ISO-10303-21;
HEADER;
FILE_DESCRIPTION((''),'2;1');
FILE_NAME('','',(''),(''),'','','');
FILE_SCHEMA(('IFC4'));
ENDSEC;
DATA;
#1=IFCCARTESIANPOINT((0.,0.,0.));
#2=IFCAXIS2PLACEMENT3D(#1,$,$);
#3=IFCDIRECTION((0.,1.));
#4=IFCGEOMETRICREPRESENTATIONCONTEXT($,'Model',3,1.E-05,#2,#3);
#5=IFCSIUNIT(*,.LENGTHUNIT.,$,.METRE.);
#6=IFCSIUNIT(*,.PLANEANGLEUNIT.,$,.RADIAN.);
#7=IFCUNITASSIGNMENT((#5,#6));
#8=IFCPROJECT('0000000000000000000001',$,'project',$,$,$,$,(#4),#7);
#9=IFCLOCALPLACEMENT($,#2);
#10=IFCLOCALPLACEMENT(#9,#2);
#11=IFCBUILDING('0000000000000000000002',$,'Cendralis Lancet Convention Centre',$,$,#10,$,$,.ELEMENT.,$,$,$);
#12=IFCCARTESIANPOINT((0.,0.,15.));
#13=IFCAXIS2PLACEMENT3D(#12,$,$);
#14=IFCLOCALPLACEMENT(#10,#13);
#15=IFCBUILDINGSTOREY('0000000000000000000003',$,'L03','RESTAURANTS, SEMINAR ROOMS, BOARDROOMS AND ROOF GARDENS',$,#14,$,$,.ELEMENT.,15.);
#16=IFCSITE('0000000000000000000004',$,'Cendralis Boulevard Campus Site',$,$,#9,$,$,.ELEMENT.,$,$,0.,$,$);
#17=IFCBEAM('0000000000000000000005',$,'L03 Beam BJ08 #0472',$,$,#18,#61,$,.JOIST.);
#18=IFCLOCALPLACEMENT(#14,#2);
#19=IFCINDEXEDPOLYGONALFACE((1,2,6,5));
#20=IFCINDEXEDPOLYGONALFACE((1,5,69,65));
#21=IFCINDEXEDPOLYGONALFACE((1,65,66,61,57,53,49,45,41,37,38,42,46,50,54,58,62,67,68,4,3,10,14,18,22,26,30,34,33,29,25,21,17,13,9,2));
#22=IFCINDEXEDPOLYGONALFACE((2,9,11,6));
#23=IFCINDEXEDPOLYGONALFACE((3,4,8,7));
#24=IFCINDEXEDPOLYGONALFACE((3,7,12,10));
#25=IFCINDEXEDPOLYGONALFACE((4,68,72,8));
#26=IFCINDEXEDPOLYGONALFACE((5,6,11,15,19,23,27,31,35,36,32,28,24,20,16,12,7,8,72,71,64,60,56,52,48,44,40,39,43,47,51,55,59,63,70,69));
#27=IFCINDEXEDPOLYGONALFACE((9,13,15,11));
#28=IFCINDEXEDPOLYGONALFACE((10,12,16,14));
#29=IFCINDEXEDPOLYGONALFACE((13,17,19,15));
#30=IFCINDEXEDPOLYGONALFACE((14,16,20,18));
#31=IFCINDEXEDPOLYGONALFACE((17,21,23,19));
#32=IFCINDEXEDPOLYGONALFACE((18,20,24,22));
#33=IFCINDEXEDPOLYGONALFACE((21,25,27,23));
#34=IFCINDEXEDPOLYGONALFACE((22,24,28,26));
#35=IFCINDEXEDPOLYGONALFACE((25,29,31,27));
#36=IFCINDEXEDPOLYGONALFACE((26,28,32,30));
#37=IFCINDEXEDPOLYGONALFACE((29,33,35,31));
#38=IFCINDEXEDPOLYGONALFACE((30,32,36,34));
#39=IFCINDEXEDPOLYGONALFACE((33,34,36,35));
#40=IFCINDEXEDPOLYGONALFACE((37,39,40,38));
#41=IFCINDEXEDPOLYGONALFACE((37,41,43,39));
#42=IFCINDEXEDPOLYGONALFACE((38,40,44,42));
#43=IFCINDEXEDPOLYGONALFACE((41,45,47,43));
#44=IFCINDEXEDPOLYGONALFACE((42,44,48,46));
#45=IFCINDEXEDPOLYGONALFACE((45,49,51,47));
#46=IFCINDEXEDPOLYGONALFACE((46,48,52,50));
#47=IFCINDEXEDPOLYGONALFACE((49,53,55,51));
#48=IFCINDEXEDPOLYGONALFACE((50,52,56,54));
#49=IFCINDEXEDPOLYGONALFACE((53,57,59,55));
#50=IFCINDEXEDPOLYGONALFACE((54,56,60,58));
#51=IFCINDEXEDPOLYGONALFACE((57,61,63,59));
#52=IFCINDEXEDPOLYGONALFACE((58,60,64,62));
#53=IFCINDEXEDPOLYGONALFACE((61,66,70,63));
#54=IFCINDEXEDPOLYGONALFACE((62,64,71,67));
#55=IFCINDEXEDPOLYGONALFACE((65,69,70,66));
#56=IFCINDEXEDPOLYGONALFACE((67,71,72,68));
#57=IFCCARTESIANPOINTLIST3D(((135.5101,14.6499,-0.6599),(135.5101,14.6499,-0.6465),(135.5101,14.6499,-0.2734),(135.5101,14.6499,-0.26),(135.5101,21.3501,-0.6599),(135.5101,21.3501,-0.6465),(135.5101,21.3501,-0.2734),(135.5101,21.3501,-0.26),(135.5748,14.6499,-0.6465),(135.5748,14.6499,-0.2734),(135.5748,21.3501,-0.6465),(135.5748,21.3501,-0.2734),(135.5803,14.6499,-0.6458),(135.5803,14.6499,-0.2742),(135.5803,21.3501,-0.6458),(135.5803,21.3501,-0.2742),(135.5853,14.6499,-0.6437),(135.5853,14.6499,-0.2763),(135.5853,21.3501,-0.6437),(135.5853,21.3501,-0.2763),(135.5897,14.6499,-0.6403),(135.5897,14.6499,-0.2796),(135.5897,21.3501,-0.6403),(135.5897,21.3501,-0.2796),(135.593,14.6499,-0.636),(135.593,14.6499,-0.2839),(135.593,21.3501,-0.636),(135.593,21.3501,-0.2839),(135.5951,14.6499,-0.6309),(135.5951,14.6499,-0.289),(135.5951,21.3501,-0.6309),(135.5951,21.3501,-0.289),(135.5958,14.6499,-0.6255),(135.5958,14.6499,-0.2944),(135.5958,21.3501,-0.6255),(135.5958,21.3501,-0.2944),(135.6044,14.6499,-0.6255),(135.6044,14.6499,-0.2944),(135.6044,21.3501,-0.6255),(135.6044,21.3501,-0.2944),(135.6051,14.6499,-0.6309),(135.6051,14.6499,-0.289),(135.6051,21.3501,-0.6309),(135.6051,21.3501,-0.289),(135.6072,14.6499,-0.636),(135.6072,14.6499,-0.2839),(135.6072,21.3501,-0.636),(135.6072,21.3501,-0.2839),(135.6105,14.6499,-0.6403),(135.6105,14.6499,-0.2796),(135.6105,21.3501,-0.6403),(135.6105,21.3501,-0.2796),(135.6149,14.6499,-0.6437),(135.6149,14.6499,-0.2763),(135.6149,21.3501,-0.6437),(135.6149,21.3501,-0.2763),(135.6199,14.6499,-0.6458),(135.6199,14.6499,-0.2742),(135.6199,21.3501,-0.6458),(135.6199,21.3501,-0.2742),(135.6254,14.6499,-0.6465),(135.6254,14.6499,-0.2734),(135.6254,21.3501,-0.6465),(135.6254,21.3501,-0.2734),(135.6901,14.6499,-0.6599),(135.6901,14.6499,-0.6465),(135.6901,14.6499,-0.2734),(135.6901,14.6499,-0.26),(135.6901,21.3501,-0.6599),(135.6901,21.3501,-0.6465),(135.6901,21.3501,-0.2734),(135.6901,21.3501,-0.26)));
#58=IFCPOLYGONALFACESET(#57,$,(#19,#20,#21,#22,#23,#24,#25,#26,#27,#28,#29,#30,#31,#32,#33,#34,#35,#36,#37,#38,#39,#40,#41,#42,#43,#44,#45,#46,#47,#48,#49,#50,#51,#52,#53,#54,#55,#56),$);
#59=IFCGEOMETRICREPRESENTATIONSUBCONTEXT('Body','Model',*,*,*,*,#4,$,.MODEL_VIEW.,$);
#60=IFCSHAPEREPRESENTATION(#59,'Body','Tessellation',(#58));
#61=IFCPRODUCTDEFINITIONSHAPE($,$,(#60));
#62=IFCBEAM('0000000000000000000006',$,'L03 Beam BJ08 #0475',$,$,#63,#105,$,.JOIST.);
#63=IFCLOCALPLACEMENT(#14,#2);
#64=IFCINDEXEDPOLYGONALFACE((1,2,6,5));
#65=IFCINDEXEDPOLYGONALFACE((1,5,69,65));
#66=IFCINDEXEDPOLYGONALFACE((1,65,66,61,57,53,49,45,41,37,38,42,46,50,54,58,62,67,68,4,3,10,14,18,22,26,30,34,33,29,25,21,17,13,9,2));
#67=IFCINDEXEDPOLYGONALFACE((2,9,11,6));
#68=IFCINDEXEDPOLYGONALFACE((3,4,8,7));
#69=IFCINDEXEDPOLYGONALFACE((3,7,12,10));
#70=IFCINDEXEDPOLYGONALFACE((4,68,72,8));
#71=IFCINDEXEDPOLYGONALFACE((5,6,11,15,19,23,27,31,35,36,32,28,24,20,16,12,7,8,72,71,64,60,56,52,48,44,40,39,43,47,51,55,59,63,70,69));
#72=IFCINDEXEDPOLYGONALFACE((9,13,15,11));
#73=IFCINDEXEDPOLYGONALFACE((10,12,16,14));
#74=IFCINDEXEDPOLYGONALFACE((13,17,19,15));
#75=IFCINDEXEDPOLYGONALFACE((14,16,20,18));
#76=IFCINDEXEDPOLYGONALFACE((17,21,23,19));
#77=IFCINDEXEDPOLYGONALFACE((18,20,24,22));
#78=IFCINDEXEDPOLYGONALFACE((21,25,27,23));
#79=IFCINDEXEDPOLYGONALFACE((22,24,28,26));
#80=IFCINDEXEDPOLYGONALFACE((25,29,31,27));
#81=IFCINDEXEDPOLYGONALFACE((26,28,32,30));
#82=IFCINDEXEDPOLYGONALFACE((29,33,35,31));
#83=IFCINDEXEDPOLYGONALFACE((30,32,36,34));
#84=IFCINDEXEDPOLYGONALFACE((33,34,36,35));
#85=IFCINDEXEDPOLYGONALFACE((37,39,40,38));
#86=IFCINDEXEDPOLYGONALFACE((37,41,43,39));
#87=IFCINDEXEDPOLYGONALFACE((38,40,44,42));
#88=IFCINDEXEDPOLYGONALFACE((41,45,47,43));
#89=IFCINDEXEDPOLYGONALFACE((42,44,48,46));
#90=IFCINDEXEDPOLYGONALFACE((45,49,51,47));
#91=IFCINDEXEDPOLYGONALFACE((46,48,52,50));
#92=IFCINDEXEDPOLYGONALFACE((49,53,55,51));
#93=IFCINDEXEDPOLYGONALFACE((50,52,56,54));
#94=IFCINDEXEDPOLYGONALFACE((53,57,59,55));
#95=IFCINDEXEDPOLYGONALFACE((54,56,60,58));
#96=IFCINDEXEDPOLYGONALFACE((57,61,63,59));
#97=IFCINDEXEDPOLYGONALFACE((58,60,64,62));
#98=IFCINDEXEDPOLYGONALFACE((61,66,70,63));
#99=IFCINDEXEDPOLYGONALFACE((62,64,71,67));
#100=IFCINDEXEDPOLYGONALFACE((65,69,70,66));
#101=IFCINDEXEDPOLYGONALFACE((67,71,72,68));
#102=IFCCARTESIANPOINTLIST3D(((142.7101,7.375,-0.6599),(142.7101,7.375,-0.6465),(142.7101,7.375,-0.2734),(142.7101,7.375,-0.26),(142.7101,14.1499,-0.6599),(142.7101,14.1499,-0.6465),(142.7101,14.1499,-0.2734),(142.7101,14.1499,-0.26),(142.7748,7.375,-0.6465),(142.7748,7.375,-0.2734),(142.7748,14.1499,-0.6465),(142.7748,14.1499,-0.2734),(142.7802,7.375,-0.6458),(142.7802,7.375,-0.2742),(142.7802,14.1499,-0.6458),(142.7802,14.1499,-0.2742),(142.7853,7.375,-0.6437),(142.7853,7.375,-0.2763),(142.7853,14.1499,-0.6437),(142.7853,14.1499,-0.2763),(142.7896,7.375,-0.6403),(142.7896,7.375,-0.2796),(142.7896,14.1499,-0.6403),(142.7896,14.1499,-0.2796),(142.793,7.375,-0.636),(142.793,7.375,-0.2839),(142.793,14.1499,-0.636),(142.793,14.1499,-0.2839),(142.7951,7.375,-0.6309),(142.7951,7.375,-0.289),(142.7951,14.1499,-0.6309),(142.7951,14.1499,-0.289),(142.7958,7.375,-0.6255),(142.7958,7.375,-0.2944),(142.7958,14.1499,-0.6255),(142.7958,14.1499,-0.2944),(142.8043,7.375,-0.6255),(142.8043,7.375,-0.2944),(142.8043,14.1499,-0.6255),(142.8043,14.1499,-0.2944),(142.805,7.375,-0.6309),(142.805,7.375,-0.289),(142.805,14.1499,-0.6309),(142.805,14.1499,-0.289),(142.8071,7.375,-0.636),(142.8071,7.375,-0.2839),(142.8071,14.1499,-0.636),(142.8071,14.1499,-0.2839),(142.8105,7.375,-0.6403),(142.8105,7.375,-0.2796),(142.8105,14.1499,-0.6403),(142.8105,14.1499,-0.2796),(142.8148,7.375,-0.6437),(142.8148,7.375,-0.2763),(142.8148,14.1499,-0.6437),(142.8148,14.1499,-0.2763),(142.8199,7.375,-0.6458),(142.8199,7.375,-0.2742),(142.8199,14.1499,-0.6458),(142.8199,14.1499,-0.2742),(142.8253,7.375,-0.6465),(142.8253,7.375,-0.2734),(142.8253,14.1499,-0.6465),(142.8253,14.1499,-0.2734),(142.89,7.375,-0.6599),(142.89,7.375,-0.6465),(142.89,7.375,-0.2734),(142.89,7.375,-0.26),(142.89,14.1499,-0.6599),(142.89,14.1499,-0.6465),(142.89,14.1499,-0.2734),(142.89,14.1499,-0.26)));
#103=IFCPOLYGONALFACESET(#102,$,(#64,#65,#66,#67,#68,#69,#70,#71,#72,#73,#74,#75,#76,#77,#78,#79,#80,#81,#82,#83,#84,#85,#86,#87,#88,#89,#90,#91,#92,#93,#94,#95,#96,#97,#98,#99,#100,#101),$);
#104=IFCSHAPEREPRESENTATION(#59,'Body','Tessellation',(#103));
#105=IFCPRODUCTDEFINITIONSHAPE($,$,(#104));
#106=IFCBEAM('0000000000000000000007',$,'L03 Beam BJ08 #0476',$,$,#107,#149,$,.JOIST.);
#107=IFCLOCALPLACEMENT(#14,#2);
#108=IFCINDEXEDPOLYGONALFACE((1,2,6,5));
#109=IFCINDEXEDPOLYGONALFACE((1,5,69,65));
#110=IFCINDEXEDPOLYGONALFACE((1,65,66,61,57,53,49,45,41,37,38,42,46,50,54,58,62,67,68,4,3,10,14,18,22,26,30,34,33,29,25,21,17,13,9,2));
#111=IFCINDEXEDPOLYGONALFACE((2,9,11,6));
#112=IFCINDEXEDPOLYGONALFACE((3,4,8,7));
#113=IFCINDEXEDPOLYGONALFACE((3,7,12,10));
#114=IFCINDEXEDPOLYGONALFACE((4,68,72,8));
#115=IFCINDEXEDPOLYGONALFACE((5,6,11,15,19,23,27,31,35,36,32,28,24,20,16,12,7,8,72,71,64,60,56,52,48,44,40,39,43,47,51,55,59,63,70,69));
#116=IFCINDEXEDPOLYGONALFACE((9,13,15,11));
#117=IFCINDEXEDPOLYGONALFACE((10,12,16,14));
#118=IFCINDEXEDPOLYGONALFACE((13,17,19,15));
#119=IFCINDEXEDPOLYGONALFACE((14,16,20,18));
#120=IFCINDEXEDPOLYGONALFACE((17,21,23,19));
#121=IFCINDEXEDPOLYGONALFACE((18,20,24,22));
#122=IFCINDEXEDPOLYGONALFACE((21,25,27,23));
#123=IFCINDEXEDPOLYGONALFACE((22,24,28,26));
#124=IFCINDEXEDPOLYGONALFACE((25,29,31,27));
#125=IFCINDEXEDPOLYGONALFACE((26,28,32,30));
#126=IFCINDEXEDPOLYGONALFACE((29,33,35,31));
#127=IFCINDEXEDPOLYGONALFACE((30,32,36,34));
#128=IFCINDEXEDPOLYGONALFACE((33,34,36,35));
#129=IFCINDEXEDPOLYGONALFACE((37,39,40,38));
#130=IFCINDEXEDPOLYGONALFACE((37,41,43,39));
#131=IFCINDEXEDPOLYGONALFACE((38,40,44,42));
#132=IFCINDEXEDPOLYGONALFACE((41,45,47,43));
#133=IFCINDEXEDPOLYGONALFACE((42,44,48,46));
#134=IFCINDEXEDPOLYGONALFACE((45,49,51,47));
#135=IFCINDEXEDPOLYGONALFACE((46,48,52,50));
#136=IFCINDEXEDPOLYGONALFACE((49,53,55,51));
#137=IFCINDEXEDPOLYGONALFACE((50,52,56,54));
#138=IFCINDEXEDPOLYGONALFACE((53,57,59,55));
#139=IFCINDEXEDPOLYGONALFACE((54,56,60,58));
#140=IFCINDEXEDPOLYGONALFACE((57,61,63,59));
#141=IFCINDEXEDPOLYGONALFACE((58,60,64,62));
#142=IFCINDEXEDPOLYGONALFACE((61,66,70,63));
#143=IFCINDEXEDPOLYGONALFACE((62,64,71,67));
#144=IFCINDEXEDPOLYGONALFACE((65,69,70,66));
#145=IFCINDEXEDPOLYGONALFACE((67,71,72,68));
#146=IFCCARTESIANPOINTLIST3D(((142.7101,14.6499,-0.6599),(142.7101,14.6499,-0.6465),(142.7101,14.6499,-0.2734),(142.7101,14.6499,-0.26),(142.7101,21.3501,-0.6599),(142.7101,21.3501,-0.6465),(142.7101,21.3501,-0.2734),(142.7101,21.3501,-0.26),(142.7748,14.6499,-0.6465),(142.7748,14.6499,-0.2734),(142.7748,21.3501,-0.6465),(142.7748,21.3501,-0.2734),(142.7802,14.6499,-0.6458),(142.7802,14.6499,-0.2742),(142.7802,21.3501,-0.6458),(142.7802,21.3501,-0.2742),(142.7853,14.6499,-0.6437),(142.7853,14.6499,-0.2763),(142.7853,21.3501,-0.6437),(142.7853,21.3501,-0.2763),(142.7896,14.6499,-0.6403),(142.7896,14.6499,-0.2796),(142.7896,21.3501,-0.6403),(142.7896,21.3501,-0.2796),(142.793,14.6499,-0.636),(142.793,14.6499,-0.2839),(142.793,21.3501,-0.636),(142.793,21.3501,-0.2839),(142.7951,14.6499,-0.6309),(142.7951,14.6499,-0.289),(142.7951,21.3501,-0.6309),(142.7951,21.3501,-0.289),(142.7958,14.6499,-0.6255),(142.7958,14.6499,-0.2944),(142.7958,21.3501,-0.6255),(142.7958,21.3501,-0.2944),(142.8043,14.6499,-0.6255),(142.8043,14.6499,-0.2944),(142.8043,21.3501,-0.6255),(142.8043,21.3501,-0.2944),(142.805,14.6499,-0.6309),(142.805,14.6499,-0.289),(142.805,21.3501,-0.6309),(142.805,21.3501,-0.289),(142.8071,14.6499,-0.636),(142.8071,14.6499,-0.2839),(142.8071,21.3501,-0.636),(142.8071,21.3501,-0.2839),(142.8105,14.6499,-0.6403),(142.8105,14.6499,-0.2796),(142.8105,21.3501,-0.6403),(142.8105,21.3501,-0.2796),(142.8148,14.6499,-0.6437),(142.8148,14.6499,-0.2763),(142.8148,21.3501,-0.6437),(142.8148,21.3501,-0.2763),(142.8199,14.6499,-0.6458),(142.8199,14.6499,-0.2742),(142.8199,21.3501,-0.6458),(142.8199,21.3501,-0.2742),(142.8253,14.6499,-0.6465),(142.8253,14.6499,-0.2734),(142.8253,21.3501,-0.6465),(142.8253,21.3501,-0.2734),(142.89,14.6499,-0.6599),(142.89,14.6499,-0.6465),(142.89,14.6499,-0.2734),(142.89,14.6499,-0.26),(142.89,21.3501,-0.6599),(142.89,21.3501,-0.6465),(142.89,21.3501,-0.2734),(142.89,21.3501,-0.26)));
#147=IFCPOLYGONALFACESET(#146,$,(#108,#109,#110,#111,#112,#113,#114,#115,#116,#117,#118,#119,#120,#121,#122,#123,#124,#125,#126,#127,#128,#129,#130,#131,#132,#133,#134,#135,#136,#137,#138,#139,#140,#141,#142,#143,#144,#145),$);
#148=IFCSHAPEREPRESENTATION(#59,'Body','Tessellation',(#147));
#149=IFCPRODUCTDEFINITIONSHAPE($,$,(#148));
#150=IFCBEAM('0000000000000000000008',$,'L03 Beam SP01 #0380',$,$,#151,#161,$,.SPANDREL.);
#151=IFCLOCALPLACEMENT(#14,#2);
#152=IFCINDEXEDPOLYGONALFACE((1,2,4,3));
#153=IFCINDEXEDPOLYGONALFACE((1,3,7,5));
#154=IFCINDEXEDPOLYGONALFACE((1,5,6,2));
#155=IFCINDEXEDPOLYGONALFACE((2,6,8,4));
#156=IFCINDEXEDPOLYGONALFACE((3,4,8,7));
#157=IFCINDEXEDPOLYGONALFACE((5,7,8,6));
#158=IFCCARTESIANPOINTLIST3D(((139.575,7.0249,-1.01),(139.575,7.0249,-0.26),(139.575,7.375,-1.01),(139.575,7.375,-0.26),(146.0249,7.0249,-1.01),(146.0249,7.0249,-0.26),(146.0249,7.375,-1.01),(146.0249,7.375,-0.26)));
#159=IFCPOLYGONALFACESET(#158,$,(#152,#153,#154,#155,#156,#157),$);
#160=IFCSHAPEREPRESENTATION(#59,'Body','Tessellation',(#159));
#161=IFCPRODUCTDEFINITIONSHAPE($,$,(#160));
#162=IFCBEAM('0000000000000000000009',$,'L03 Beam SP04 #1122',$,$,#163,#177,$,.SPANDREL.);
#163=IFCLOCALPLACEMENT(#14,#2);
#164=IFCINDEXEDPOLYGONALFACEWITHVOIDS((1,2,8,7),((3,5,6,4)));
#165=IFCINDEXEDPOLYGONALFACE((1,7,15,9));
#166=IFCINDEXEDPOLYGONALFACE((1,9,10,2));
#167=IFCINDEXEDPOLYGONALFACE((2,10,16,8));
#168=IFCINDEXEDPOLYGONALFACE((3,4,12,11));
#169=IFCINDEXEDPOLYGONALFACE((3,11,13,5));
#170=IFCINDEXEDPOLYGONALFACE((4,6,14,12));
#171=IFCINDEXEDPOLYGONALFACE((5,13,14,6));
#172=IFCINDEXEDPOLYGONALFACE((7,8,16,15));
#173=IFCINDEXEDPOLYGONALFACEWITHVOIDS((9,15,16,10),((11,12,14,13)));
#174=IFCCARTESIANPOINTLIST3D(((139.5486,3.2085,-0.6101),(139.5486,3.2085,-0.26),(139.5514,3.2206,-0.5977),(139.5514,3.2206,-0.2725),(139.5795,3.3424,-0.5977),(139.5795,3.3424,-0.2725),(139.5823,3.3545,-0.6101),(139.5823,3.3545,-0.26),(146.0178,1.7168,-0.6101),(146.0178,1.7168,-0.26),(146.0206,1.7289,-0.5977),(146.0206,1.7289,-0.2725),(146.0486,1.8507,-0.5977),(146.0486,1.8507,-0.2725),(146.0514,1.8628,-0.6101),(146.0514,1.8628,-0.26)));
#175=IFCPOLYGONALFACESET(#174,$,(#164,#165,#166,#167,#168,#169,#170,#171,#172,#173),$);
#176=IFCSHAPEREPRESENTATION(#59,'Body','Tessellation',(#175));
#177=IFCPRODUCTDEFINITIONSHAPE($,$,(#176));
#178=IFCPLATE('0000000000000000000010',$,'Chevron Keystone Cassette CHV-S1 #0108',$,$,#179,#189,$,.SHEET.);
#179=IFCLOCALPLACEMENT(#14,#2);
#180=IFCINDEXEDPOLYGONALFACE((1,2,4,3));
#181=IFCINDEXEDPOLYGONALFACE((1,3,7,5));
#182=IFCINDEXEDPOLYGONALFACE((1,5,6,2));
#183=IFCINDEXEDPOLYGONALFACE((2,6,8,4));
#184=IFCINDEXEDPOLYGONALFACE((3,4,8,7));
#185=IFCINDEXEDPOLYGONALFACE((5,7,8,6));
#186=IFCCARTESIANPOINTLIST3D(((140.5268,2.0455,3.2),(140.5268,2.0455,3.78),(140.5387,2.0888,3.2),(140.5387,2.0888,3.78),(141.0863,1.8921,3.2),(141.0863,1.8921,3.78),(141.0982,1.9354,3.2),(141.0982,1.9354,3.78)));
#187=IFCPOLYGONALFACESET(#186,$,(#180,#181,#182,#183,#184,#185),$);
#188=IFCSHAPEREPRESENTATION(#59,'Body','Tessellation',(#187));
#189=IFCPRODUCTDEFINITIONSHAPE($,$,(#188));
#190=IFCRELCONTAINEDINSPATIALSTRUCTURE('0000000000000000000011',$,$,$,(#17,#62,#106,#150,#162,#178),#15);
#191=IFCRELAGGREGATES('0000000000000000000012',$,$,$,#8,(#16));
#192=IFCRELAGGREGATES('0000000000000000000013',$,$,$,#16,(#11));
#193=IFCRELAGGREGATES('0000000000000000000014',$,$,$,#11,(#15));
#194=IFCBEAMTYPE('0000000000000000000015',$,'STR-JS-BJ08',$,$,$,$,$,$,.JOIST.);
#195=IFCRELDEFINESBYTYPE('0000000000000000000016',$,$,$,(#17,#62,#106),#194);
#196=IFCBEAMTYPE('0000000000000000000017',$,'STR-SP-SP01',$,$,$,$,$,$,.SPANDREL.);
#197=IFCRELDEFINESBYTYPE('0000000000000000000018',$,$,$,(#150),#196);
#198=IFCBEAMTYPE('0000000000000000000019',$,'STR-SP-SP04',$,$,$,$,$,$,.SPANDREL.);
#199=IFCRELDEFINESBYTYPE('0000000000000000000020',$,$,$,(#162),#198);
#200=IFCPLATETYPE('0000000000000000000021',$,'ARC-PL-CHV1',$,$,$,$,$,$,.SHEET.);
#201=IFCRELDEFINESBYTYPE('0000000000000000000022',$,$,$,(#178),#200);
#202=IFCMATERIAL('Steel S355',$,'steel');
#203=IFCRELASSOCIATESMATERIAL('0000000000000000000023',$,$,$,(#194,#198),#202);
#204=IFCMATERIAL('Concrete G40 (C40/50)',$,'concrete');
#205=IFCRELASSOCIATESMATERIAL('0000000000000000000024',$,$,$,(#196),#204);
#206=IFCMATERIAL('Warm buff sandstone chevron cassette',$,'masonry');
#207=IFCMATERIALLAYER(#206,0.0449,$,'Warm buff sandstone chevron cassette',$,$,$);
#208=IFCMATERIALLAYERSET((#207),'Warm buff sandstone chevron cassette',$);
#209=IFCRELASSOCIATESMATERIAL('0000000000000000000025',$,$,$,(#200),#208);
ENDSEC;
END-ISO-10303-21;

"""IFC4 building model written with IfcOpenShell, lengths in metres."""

from ifc_helpers import new_model, si_unit, direction, frame, origin, origin_2d, place, context, subcontext, project, spatial, rectangle, hollow_rectangle, i_section, extrude, material, layer, layer_set, material_profile, profile_set, type_object, element, save


model = new_model("IFC4")

# Units and contexts
model_context = context("Model", 3, precision=1e-05, world=origin(), true_north=direction((0.0, 1.0)))
body_context = subcontext(model_context, "Body", "Model", "MODEL_VIEW")
ifc_project = project(units=[si_unit("LENGTHUNIT", "METRE"), si_unit("PLANEANGLEUNIT", "RADIAN")], contexts=[model_context])

# Site, building, storey
site_placement = place(None, origin())
site = spatial("IfcSite", under=ifc_project, at=site_placement, Name="Cendralis Boulevard Campus Site", CompositionType="ELEMENT", RefElevation=0.0)
building_placement = place(site_placement, origin())
building = spatial("IfcBuilding", under=site, at=building_placement, Name="Cendralis Lancet Convention Centre", CompositionType="ELEMENT")
storey_placement = place(building_placement, frame((0.0, 0.0, 15.0)))
storey = spatial("IfcBuildingStorey", under=building, at=storey_placement, Name="L03", Description="RESTAURANTS, SEMINAR ROOMS, BOARDROOMS AND ROOF GARDENS", CompositionType="ELEMENT", Elevation=15.0)

# Shared definitions
ifc_material_1 = material(Name="Concrete G40 (C40/50)", Category="concrete")

# Beams
ifc_material_2 = material(Name="Steel S355", Category="steel")
ifc_material_profile_1 = material_profile(ifc_material_2, i_section(OverallWidth=0.1799, OverallDepth=0.3999, WebThickness=0.0085, FlangeThickness=0.0134, FilletRadius=0.021, at=origin_2d()), Name="IPE 400")
ifc_profile_set_1 = profile_set([ifc_material_profile_1], Name="Steel S355")
beam_type_1 = type_object("IfcBeamType", Name="STR-JS-BJ08", PredefinedType="JOIST", material=ifc_profile_set_1)
beam_1_placement = place(storey_placement, frame((135.6001, 14.6499, -0.46), z_axis=(0.0, 1.0, 0.0), x_axis=(-1.0, 0.0, 0.0)))
element("IfcBeam", 1, at=beam_1_placement, inside=storey, type_object=beam_type_1, Name="L03 Beam BJ08 #0472", PredefinedType="JOIST", context=body_context, shape_type="SweptSolid", body=[
    extrude(i_section(OverallWidth=0.1799, OverallDepth=0.3999, WebThickness=0.0085, FlangeThickness=0.0134, FilletRadius=0.021, at=origin_2d()), origin(), (0.0, 0.0, 1.0), 6.7002),
])
beam_2_placement = place(storey_placement, frame((142.8, 7.375, -0.46), z_axis=(0.0, 1.0, 0.0), x_axis=(-1.0, 0.0, 0.0)))
element("IfcBeam", 2, at=beam_2_placement, inside=storey, type_object=beam_type_1, Name="L03 Beam BJ08 #0475", PredefinedType="JOIST", context=body_context, shape_type="SweptSolid", body=[
    extrude(i_section(OverallWidth=0.1799, OverallDepth=0.3999, WebThickness=0.0085, FlangeThickness=0.0134, FilletRadius=0.021, at=origin_2d()), origin(), (0.0, 0.0, 1.0), 6.7749),
])
beam_3_placement = place(storey_placement, frame((142.8, 14.6499, -0.46), z_axis=(0.0, 1.0, 0.0), x_axis=(-1.0, 0.0, 0.0)))
element("IfcBeam", 3, at=beam_3_placement, inside=storey, type_object=beam_type_1, Name="L03 Beam BJ08 #0476", PredefinedType="JOIST", context=body_context, shape_type="SweptSolid", body=[
    extrude(i_section(OverallWidth=0.1799, OverallDepth=0.3999, WebThickness=0.0085, FlangeThickness=0.0134, FilletRadius=0.021, at=origin_2d()), origin(), (0.0, 0.0, 1.0), 6.7002),
])
ifc_material_profile_2 = material_profile(ifc_material_1, rectangle(XDim=0.3501, YDim=0.75, at=origin_2d()), Name="RCB 350x750")
ifc_profile_set_2 = profile_set([ifc_material_profile_2], Name="Concrete G40 (C40/50)")
beam_type_2 = type_object("IfcBeamType", Name="STR-SP-SP01", PredefinedType="SPANDREL", material=ifc_profile_set_2)
beam_4_placement = place(storey_placement, frame((139.575, 7.2, -0.635), z_axis=(1.0, 0.0, 0.0), x_axis=(0.0, 1.0, 0.0)))
element("IfcBeam", 4, at=beam_4_placement, inside=storey, type_object=beam_type_2, Name="L03 Beam SP01 #0380", PredefinedType="SPANDREL", context=body_context, shape_type="SweptSolid", body=[
    extrude(rectangle(XDim=0.3501, YDim=0.75, at=origin_2d()), origin(), (0.0, 0.0, 1.0), 6.45),
])
ifc_material_profile_3 = material_profile(ifc_material_2, hollow_rectangle(XDim=0.1499, YDim=0.3501, WallThickness=0.0125, at=origin_2d()), Name="RHS 350x150x12.5")
ifc_profile_set_3 = profile_set([ifc_material_profile_3], Name="Steel S355")
beam_type_3 = type_object("IfcBeamType", Name="STR-SP-SP04", PredefinedType="SPANDREL", material=ifc_profile_set_3)
beam_5_placement = place(storey_placement, frame((139.5654, 3.2815, -0.4351), z_axis=(0.974431, -0.224688, 0.0), x_axis=(0.224688, 0.974431, 0.0)))
element("IfcBeam", 5, at=beam_5_placement, inside=storey, type_object=beam_type_3, Name="L03 Beam SP04 #1122", PredefinedType="SPANDREL", context=body_context, shape_type="SweptSolid", body=[
    extrude(hollow_rectangle(XDim=0.1499, YDim=0.3501, WallThickness=0.0125, at=origin_2d()), origin(), (0.0, 0.0, 1.0), 6.6389),
])

# Plate
ifc_material_3 = material(Name="Warm buff sandstone chevron cassette", Category="masonry")
ifc_layer_1 = layer(ifc_material_3, 0.0449, Name="Warm buff sandstone chevron cassette")
ifc_layer_set_1 = layer_set([ifc_layer_1], Name="Warm buff sandstone chevron cassette")
plate_type_1 = type_object("IfcPlateType", Name="ARC-PL-CHV1", PredefinedType="SHEET", material=ifc_layer_set_1)
plate_1_placement = place(storey_placement, frame((140.8125, 1.9905, 3.2), z_axis=(0.0, 0.0, 1.0), x_axis=(0.964391, -0.264479, 0.0)))
element("IfcPlate", 6, at=plate_1_placement, inside=storey, type_object=plate_type_1, Name="Chevron Keystone Cassette CHV-S1 #0108", PredefinedType="SHEET", context=body_context, shape_type="SweptSolid", body=[
    extrude(rectangle(XDim=0.5801, YDim=0.0449, at=origin_2d()), origin(), (0.0, 0.0, 1.0), 0.5801),
])

save(model, "model.ifc")
